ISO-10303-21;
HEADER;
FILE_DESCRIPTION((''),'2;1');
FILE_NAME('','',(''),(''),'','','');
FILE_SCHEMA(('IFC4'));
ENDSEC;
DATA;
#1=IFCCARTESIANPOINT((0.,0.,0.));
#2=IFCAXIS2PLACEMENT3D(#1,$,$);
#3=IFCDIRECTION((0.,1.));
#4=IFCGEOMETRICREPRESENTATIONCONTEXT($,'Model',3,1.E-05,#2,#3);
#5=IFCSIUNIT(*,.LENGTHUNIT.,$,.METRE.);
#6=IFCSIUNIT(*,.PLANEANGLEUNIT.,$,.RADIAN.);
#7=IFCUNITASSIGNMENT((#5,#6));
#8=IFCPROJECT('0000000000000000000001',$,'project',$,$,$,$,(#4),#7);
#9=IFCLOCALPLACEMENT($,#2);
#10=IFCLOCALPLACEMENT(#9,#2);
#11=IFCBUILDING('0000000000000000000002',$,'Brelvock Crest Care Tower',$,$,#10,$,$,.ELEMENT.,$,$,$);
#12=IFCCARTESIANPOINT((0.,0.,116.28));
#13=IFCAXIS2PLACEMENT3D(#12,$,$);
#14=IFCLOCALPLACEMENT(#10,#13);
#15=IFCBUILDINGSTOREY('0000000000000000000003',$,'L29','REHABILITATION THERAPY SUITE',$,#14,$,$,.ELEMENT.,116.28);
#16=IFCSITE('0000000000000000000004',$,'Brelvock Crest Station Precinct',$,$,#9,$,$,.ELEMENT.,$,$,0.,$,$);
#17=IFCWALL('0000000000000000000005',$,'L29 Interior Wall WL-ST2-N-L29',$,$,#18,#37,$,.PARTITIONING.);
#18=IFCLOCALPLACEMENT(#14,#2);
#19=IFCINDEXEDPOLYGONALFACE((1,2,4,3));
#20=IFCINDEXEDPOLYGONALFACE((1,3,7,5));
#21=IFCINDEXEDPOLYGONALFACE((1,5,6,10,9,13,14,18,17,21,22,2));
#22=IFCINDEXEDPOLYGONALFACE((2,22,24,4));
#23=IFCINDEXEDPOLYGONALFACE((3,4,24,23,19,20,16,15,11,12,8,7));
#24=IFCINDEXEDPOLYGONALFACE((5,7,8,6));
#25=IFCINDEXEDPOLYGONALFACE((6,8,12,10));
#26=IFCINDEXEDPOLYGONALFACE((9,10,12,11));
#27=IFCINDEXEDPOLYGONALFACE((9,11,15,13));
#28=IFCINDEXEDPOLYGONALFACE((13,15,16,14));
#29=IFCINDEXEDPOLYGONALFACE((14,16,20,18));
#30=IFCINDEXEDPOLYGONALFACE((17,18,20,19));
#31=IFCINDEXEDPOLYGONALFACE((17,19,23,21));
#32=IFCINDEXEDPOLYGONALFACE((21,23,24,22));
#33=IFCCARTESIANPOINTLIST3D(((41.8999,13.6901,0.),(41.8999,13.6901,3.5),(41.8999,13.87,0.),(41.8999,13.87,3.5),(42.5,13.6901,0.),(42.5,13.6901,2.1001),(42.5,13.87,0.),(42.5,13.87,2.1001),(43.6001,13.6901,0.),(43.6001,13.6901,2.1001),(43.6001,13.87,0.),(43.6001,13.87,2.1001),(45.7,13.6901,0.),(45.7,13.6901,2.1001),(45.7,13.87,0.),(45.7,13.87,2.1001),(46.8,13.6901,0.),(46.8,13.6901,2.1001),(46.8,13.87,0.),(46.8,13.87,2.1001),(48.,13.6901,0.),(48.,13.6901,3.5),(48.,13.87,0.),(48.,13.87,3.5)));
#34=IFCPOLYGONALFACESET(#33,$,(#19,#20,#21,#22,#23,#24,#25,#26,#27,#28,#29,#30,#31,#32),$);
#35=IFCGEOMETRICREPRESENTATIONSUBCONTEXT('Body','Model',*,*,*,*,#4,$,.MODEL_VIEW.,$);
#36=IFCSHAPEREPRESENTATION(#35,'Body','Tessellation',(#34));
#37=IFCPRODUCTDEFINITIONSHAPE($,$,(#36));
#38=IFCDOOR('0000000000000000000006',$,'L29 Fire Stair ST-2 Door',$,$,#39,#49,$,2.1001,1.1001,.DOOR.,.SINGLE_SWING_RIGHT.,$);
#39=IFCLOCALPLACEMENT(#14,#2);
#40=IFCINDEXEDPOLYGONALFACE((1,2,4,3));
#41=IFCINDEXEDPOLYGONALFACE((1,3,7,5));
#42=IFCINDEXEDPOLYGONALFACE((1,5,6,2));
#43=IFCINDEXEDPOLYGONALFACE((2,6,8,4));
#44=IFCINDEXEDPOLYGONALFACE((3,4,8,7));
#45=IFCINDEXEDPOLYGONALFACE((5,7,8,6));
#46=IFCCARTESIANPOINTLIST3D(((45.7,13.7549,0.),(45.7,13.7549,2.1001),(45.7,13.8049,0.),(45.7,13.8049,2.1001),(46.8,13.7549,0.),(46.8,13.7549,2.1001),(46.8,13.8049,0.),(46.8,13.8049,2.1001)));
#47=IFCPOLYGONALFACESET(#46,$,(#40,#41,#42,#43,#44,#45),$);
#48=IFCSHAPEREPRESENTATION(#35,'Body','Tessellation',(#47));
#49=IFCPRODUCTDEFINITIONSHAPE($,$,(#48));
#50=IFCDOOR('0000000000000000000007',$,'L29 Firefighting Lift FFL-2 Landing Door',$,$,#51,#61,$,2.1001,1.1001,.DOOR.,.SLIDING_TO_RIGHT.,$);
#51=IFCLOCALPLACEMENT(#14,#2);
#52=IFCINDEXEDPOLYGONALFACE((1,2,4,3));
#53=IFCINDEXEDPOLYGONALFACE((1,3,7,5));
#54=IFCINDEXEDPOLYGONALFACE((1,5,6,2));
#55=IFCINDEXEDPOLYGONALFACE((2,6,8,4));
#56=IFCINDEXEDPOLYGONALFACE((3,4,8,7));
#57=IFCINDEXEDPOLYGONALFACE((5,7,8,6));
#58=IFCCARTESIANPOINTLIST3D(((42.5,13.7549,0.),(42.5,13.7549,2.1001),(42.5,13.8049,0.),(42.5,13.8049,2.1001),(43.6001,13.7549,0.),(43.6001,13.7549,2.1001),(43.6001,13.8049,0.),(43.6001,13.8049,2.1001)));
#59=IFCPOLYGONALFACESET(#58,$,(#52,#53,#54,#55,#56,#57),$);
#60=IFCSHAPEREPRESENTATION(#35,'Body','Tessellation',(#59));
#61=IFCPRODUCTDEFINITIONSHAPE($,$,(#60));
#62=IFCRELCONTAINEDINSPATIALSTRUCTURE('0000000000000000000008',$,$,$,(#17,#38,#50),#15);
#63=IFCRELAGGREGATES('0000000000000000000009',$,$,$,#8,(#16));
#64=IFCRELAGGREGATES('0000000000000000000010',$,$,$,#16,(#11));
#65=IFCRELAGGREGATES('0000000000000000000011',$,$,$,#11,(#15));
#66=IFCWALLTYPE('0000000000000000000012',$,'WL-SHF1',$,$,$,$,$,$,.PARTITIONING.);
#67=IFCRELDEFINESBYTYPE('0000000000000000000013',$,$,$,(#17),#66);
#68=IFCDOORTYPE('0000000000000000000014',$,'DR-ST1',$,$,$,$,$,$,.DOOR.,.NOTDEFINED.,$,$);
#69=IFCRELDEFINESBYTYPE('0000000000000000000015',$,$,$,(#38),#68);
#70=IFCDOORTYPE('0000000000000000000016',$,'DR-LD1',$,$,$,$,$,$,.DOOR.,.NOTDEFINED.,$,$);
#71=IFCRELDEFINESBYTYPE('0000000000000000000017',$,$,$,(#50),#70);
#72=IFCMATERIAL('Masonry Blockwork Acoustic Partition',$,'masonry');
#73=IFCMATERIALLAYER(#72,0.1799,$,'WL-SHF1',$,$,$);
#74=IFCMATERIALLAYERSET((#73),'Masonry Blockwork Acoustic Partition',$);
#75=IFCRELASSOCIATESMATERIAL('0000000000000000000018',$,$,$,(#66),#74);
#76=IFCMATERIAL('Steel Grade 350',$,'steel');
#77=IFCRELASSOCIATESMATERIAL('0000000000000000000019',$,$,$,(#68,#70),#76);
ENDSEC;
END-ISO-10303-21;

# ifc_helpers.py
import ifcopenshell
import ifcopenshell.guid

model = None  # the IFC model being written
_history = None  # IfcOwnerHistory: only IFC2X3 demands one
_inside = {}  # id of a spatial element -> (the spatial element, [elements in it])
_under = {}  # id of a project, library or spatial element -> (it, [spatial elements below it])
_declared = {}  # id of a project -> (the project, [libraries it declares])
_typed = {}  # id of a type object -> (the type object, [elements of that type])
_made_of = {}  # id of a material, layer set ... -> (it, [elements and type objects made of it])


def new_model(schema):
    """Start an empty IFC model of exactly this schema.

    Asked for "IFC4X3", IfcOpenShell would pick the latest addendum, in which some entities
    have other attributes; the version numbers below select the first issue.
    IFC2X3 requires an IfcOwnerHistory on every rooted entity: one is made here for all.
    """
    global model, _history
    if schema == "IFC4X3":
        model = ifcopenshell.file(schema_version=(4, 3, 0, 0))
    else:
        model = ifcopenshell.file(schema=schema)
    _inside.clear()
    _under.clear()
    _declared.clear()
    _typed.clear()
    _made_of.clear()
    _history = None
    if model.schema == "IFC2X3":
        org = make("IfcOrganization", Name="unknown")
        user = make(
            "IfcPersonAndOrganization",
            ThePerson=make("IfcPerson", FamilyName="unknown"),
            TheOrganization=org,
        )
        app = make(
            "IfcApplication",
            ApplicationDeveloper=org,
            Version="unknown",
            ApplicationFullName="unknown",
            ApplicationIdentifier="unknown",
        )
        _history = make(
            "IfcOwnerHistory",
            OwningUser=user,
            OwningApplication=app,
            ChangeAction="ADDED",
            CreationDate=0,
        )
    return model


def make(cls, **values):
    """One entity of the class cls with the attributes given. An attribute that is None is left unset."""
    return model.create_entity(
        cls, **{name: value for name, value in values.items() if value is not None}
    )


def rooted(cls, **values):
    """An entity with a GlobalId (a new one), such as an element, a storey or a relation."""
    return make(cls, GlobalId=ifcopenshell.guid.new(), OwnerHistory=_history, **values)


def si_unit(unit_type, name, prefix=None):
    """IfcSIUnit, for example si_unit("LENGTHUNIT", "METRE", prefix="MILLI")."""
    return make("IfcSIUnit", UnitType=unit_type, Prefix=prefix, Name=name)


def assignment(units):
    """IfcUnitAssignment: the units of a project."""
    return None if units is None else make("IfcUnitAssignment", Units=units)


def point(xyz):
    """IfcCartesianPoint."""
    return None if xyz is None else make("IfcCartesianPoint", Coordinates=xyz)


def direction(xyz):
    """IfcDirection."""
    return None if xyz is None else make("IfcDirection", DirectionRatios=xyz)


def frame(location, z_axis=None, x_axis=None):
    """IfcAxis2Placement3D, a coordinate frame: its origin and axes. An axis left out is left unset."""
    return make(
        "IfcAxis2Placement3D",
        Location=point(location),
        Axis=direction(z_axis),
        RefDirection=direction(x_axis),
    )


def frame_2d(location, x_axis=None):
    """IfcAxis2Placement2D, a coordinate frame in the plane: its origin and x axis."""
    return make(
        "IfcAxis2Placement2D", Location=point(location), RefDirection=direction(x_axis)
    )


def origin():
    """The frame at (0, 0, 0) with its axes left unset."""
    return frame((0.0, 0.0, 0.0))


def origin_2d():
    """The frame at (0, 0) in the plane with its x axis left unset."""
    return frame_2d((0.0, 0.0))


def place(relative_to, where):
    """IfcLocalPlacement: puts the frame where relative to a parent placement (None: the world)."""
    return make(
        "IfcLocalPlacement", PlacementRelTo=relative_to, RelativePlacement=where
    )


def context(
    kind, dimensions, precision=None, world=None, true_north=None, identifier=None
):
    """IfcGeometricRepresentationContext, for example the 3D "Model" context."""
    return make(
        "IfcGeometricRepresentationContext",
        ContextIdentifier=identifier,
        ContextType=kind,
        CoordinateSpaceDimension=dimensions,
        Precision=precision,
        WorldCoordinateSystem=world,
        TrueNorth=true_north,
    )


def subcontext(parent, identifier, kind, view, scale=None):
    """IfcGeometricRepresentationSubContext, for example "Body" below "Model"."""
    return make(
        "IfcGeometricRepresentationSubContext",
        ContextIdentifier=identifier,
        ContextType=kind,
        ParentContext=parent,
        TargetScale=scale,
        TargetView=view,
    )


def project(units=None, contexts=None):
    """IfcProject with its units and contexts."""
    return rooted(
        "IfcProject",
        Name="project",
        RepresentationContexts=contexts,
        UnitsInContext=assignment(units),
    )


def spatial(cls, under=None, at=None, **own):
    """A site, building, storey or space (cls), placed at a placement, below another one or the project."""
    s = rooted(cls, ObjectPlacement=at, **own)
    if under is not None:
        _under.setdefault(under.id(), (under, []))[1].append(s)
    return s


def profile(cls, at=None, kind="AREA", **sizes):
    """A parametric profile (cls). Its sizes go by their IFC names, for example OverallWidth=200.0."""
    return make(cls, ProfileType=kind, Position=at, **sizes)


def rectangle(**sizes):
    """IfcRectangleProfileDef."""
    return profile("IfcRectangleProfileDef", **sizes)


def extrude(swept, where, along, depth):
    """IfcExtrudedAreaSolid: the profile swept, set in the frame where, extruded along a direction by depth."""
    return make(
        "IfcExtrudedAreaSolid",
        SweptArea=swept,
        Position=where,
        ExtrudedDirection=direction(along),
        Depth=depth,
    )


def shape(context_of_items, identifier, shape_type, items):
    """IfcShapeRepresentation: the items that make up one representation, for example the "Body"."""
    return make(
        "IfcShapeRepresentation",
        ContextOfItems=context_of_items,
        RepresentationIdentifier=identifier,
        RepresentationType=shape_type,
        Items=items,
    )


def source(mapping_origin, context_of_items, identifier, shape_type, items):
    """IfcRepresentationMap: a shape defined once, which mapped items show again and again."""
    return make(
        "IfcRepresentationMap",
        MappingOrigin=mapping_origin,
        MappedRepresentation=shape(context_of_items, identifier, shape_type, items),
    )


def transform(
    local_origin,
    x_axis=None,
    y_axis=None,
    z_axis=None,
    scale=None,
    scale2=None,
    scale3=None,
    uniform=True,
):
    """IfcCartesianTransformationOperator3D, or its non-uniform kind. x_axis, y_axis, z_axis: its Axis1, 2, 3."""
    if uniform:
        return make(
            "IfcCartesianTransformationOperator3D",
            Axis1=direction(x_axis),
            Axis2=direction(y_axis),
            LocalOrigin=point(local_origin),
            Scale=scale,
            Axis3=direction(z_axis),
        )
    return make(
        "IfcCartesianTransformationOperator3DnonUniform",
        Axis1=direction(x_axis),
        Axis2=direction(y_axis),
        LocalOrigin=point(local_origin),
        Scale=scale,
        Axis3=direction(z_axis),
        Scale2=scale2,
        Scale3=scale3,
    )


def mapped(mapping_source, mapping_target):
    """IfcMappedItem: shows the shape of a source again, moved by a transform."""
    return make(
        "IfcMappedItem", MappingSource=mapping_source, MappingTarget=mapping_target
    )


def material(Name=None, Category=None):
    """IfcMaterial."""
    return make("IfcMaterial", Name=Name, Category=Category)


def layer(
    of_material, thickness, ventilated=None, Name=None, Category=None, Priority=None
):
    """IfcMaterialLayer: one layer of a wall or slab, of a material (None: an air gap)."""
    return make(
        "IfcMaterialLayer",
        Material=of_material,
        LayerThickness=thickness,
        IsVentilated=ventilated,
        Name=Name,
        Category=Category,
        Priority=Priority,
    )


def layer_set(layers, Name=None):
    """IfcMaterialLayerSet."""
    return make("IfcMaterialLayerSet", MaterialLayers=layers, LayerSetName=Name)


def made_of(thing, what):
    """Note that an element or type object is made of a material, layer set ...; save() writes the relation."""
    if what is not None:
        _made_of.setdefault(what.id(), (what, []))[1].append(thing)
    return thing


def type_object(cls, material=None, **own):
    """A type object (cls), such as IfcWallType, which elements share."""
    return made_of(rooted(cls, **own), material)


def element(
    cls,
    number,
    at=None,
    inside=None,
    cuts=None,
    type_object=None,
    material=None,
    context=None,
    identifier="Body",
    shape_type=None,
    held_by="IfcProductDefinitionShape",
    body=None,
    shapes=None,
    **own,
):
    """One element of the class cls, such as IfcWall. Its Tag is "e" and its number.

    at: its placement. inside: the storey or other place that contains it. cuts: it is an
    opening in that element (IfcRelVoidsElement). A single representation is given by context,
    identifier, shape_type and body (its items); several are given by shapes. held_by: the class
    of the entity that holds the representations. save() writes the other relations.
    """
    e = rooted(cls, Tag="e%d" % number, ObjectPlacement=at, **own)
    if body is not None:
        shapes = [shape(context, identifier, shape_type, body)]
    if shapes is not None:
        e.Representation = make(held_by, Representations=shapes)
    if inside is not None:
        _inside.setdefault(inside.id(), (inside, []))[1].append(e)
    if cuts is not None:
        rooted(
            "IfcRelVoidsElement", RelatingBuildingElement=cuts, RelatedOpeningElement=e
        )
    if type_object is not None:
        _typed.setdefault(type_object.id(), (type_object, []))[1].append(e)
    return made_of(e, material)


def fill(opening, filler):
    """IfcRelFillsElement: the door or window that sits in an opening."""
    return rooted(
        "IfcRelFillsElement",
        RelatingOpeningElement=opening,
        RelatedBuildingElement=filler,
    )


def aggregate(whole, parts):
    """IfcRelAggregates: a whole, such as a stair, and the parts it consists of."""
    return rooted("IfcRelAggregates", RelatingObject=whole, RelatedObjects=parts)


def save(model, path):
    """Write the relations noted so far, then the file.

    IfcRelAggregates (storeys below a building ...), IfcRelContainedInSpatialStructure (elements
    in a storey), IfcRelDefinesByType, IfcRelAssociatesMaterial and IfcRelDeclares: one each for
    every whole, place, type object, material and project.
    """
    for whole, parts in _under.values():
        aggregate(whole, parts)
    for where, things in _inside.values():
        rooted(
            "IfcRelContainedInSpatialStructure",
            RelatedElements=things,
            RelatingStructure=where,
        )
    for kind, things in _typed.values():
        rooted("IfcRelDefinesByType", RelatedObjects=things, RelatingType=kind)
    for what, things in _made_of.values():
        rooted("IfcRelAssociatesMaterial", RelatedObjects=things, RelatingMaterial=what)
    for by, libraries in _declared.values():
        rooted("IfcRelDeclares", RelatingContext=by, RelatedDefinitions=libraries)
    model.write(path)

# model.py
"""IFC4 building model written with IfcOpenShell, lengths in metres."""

from ifc_helpers import new_model, si_unit, direction, frame, frame_2d, origin, origin_2d, place, context, subcontext, project, spatial, rectangle, extrude, source, transform, mapped, material, layer, layer_set, type_object, element, fill, save


model = new_model("IFC4")

# Units and contexts
model_context = context("Model", 3, precision=1e-05, world=origin(), true_north=direction((0.0, 1.0)))
body_context = subcontext(model_context, "Body", "Model", "MODEL_VIEW")
ifc_project = project(units=[si_unit("LENGTHUNIT", "METRE"), si_unit("PLANEANGLEUNIT", "RADIAN")], contexts=[model_context])

# Site, building, storey
site_placement = place(None, origin())
site = spatial("IfcSite", under=ifc_project, at=site_placement, Name="Brelvock Crest Station Precinct", CompositionType="ELEMENT", RefElevation=0.0)
building_placement = place(site_placement, origin())
building = spatial("IfcBuilding", under=site, at=building_placement, Name="Brelvock Crest Care Tower", CompositionType="ELEMENT")
storey_placement = place(building_placement, frame((0.0, 0.0, 116.28)))
storey = spatial("IfcBuildingStorey", under=building, at=storey_placement, Name="L29", Description="REHABILITATION THERAPY SUITE", CompositionType="ELEMENT", Elevation=116.28)

# Shared definitions
ifc_material_1 = material(Name="Steel Grade 350", Category="steel")

# Shared definitions
ifc_material_2 = material(Name="Masonry Blockwork Acoustic Partition", Category="masonry")

# Shared definitions
ifc_layer_1 = layer(ifc_material_2, 0.1799, Name="WL-SHF1")
ifc_layer_set_1 = layer_set([ifc_layer_1], Name="Masonry Blockwork Acoustic Partition")
wall_type_1 = type_object("IfcWallType", Name="WL-SHF1", PredefinedType="PARTITIONING", material=ifc_layer_set_1)

# Wall, openings, doors
wall_1_placement = place(storey_placement, frame((41.8999, 13.78, 0.0), z_axis=(0.0, 0.0, 1.0), x_axis=(1.0, 0.0, 0.0)))
wall_1 = element("IfcWall", 1, at=wall_1_placement, inside=storey, type_object=wall_type_1, Name="L29 Interior Wall WL-ST2-N-L29", PredefinedType="PARTITIONING", context=body_context, shape_type="SweptSolid", body=[
    extrude(rectangle(XDim=6.1001, YDim=0.1799, at=frame_2d((3.05, 0.0))), origin(), (0.0, 0.0, 1.0), 3.5),
])
opening_1_placement = place(wall_1_placement, frame((0.6001, 0.0, 0.0)))
opening_1 = element("IfcOpeningElement", 2, at=opening_1_placement, cuts=wall_1, PredefinedType="OPENING", context=body_context, shape_type="SweptSolid", body=[
    extrude(rectangle(XDim=1.1001, YDim=2.1001, at=origin_2d()), frame((0.55, 0.1001, 1.05), z_axis=(0.0, -1.0, 0.0), x_axis=(1.0, 0.0, 0.0)), (0.0, 0.0, 1.0), 0.2),
])
opening_2_placement = place(wall_1_placement, frame((3.8, 0.0, 0.0)))
opening_2 = element("IfcOpeningElement", 3, at=opening_2_placement, cuts=wall_1, PredefinedType="OPENING", context=body_context, shape_type="SweptSolid", body=[
    extrude(rectangle(XDim=1.1001, YDim=2.1001, at=origin_2d()), frame((0.55, 0.1001, 1.05), z_axis=(0.0, -1.0, 0.0), x_axis=(1.0, 0.0, 0.0)), (0.0, 0.0, 1.0), 0.2),
])
door_type_1 = type_object("IfcDoorType", Name="DR-ST1", OperationType="NOTDEFINED", PredefinedType="DOOR", material=ifc_material_1)
shared_shape_1 = source(origin(), body_context, "Body", "SweptSolid", [
    extrude(rectangle(XDim=1.1001, YDim=2.1001, at=origin_2d()), frame((0.55, 0.0249, 1.05), z_axis=(0.0, -1.0, 0.0), x_axis=(1.0, 0.0, 0.0)), (0.0, 0.0, 1.0), 0.05),
])
door_1_placement = place(opening_2_placement, origin())
door_1 = element("IfcDoor", 4, at=door_1_placement, inside=storey, type_object=door_type_1, Name="L29 Fire Stair ST-2 Door", OperationType="SINGLE_SWING_RIGHT", OverallHeight=2.1001, OverallWidth=1.1001, PredefinedType="DOOR", context=body_context, shape_type="MappedRepresentation", body=[
    mapped(shared_shape_1, transform((0.0, 0.0, 0.0), x_axis=(1.0, 0.0, 0.0), y_axis=(0.0, 1.0, 0.0), z_axis=(0.0, 0.0, 1.0), scale=1.0)),
])
fill(opening_2, door_1)
door_type_2 = type_object("IfcDoorType", Name="DR-LD1", OperationType="NOTDEFINED", PredefinedType="DOOR", material=ifc_material_1)
shared_shape_2 = source(origin(), body_context, "Body", "SweptSolid", [
    extrude(rectangle(XDim=1.1001, YDim=2.1001, at=origin_2d()), frame((0.55, 0.0249, 1.05), z_axis=(0.0, -1.0, 0.0), x_axis=(1.0, 0.0, 0.0)), (0.0, 0.0, 1.0), 0.05),
])
door_2_placement = place(opening_1_placement, origin())
door_2 = element("IfcDoor", 5, at=door_2_placement, inside=storey, type_object=door_type_2, Name="L29 Firefighting Lift FFL-2 Landing Door", OperationType="SLIDING_TO_RIGHT", OverallHeight=2.1001, OverallWidth=1.1001, PredefinedType="DOOR", context=body_context, shape_type="MappedRepresentation", body=[
    mapped(shared_shape_2, transform((0.0, 0.0, 0.0), x_axis=(1.0, 0.0, 0.0), y_axis=(0.0, 1.0, 0.0), z_axis=(0.0, 0.0, 1.0), scale=1.0)),
])
fill(opening_1, door_2)

save(model, "model.ifc")
